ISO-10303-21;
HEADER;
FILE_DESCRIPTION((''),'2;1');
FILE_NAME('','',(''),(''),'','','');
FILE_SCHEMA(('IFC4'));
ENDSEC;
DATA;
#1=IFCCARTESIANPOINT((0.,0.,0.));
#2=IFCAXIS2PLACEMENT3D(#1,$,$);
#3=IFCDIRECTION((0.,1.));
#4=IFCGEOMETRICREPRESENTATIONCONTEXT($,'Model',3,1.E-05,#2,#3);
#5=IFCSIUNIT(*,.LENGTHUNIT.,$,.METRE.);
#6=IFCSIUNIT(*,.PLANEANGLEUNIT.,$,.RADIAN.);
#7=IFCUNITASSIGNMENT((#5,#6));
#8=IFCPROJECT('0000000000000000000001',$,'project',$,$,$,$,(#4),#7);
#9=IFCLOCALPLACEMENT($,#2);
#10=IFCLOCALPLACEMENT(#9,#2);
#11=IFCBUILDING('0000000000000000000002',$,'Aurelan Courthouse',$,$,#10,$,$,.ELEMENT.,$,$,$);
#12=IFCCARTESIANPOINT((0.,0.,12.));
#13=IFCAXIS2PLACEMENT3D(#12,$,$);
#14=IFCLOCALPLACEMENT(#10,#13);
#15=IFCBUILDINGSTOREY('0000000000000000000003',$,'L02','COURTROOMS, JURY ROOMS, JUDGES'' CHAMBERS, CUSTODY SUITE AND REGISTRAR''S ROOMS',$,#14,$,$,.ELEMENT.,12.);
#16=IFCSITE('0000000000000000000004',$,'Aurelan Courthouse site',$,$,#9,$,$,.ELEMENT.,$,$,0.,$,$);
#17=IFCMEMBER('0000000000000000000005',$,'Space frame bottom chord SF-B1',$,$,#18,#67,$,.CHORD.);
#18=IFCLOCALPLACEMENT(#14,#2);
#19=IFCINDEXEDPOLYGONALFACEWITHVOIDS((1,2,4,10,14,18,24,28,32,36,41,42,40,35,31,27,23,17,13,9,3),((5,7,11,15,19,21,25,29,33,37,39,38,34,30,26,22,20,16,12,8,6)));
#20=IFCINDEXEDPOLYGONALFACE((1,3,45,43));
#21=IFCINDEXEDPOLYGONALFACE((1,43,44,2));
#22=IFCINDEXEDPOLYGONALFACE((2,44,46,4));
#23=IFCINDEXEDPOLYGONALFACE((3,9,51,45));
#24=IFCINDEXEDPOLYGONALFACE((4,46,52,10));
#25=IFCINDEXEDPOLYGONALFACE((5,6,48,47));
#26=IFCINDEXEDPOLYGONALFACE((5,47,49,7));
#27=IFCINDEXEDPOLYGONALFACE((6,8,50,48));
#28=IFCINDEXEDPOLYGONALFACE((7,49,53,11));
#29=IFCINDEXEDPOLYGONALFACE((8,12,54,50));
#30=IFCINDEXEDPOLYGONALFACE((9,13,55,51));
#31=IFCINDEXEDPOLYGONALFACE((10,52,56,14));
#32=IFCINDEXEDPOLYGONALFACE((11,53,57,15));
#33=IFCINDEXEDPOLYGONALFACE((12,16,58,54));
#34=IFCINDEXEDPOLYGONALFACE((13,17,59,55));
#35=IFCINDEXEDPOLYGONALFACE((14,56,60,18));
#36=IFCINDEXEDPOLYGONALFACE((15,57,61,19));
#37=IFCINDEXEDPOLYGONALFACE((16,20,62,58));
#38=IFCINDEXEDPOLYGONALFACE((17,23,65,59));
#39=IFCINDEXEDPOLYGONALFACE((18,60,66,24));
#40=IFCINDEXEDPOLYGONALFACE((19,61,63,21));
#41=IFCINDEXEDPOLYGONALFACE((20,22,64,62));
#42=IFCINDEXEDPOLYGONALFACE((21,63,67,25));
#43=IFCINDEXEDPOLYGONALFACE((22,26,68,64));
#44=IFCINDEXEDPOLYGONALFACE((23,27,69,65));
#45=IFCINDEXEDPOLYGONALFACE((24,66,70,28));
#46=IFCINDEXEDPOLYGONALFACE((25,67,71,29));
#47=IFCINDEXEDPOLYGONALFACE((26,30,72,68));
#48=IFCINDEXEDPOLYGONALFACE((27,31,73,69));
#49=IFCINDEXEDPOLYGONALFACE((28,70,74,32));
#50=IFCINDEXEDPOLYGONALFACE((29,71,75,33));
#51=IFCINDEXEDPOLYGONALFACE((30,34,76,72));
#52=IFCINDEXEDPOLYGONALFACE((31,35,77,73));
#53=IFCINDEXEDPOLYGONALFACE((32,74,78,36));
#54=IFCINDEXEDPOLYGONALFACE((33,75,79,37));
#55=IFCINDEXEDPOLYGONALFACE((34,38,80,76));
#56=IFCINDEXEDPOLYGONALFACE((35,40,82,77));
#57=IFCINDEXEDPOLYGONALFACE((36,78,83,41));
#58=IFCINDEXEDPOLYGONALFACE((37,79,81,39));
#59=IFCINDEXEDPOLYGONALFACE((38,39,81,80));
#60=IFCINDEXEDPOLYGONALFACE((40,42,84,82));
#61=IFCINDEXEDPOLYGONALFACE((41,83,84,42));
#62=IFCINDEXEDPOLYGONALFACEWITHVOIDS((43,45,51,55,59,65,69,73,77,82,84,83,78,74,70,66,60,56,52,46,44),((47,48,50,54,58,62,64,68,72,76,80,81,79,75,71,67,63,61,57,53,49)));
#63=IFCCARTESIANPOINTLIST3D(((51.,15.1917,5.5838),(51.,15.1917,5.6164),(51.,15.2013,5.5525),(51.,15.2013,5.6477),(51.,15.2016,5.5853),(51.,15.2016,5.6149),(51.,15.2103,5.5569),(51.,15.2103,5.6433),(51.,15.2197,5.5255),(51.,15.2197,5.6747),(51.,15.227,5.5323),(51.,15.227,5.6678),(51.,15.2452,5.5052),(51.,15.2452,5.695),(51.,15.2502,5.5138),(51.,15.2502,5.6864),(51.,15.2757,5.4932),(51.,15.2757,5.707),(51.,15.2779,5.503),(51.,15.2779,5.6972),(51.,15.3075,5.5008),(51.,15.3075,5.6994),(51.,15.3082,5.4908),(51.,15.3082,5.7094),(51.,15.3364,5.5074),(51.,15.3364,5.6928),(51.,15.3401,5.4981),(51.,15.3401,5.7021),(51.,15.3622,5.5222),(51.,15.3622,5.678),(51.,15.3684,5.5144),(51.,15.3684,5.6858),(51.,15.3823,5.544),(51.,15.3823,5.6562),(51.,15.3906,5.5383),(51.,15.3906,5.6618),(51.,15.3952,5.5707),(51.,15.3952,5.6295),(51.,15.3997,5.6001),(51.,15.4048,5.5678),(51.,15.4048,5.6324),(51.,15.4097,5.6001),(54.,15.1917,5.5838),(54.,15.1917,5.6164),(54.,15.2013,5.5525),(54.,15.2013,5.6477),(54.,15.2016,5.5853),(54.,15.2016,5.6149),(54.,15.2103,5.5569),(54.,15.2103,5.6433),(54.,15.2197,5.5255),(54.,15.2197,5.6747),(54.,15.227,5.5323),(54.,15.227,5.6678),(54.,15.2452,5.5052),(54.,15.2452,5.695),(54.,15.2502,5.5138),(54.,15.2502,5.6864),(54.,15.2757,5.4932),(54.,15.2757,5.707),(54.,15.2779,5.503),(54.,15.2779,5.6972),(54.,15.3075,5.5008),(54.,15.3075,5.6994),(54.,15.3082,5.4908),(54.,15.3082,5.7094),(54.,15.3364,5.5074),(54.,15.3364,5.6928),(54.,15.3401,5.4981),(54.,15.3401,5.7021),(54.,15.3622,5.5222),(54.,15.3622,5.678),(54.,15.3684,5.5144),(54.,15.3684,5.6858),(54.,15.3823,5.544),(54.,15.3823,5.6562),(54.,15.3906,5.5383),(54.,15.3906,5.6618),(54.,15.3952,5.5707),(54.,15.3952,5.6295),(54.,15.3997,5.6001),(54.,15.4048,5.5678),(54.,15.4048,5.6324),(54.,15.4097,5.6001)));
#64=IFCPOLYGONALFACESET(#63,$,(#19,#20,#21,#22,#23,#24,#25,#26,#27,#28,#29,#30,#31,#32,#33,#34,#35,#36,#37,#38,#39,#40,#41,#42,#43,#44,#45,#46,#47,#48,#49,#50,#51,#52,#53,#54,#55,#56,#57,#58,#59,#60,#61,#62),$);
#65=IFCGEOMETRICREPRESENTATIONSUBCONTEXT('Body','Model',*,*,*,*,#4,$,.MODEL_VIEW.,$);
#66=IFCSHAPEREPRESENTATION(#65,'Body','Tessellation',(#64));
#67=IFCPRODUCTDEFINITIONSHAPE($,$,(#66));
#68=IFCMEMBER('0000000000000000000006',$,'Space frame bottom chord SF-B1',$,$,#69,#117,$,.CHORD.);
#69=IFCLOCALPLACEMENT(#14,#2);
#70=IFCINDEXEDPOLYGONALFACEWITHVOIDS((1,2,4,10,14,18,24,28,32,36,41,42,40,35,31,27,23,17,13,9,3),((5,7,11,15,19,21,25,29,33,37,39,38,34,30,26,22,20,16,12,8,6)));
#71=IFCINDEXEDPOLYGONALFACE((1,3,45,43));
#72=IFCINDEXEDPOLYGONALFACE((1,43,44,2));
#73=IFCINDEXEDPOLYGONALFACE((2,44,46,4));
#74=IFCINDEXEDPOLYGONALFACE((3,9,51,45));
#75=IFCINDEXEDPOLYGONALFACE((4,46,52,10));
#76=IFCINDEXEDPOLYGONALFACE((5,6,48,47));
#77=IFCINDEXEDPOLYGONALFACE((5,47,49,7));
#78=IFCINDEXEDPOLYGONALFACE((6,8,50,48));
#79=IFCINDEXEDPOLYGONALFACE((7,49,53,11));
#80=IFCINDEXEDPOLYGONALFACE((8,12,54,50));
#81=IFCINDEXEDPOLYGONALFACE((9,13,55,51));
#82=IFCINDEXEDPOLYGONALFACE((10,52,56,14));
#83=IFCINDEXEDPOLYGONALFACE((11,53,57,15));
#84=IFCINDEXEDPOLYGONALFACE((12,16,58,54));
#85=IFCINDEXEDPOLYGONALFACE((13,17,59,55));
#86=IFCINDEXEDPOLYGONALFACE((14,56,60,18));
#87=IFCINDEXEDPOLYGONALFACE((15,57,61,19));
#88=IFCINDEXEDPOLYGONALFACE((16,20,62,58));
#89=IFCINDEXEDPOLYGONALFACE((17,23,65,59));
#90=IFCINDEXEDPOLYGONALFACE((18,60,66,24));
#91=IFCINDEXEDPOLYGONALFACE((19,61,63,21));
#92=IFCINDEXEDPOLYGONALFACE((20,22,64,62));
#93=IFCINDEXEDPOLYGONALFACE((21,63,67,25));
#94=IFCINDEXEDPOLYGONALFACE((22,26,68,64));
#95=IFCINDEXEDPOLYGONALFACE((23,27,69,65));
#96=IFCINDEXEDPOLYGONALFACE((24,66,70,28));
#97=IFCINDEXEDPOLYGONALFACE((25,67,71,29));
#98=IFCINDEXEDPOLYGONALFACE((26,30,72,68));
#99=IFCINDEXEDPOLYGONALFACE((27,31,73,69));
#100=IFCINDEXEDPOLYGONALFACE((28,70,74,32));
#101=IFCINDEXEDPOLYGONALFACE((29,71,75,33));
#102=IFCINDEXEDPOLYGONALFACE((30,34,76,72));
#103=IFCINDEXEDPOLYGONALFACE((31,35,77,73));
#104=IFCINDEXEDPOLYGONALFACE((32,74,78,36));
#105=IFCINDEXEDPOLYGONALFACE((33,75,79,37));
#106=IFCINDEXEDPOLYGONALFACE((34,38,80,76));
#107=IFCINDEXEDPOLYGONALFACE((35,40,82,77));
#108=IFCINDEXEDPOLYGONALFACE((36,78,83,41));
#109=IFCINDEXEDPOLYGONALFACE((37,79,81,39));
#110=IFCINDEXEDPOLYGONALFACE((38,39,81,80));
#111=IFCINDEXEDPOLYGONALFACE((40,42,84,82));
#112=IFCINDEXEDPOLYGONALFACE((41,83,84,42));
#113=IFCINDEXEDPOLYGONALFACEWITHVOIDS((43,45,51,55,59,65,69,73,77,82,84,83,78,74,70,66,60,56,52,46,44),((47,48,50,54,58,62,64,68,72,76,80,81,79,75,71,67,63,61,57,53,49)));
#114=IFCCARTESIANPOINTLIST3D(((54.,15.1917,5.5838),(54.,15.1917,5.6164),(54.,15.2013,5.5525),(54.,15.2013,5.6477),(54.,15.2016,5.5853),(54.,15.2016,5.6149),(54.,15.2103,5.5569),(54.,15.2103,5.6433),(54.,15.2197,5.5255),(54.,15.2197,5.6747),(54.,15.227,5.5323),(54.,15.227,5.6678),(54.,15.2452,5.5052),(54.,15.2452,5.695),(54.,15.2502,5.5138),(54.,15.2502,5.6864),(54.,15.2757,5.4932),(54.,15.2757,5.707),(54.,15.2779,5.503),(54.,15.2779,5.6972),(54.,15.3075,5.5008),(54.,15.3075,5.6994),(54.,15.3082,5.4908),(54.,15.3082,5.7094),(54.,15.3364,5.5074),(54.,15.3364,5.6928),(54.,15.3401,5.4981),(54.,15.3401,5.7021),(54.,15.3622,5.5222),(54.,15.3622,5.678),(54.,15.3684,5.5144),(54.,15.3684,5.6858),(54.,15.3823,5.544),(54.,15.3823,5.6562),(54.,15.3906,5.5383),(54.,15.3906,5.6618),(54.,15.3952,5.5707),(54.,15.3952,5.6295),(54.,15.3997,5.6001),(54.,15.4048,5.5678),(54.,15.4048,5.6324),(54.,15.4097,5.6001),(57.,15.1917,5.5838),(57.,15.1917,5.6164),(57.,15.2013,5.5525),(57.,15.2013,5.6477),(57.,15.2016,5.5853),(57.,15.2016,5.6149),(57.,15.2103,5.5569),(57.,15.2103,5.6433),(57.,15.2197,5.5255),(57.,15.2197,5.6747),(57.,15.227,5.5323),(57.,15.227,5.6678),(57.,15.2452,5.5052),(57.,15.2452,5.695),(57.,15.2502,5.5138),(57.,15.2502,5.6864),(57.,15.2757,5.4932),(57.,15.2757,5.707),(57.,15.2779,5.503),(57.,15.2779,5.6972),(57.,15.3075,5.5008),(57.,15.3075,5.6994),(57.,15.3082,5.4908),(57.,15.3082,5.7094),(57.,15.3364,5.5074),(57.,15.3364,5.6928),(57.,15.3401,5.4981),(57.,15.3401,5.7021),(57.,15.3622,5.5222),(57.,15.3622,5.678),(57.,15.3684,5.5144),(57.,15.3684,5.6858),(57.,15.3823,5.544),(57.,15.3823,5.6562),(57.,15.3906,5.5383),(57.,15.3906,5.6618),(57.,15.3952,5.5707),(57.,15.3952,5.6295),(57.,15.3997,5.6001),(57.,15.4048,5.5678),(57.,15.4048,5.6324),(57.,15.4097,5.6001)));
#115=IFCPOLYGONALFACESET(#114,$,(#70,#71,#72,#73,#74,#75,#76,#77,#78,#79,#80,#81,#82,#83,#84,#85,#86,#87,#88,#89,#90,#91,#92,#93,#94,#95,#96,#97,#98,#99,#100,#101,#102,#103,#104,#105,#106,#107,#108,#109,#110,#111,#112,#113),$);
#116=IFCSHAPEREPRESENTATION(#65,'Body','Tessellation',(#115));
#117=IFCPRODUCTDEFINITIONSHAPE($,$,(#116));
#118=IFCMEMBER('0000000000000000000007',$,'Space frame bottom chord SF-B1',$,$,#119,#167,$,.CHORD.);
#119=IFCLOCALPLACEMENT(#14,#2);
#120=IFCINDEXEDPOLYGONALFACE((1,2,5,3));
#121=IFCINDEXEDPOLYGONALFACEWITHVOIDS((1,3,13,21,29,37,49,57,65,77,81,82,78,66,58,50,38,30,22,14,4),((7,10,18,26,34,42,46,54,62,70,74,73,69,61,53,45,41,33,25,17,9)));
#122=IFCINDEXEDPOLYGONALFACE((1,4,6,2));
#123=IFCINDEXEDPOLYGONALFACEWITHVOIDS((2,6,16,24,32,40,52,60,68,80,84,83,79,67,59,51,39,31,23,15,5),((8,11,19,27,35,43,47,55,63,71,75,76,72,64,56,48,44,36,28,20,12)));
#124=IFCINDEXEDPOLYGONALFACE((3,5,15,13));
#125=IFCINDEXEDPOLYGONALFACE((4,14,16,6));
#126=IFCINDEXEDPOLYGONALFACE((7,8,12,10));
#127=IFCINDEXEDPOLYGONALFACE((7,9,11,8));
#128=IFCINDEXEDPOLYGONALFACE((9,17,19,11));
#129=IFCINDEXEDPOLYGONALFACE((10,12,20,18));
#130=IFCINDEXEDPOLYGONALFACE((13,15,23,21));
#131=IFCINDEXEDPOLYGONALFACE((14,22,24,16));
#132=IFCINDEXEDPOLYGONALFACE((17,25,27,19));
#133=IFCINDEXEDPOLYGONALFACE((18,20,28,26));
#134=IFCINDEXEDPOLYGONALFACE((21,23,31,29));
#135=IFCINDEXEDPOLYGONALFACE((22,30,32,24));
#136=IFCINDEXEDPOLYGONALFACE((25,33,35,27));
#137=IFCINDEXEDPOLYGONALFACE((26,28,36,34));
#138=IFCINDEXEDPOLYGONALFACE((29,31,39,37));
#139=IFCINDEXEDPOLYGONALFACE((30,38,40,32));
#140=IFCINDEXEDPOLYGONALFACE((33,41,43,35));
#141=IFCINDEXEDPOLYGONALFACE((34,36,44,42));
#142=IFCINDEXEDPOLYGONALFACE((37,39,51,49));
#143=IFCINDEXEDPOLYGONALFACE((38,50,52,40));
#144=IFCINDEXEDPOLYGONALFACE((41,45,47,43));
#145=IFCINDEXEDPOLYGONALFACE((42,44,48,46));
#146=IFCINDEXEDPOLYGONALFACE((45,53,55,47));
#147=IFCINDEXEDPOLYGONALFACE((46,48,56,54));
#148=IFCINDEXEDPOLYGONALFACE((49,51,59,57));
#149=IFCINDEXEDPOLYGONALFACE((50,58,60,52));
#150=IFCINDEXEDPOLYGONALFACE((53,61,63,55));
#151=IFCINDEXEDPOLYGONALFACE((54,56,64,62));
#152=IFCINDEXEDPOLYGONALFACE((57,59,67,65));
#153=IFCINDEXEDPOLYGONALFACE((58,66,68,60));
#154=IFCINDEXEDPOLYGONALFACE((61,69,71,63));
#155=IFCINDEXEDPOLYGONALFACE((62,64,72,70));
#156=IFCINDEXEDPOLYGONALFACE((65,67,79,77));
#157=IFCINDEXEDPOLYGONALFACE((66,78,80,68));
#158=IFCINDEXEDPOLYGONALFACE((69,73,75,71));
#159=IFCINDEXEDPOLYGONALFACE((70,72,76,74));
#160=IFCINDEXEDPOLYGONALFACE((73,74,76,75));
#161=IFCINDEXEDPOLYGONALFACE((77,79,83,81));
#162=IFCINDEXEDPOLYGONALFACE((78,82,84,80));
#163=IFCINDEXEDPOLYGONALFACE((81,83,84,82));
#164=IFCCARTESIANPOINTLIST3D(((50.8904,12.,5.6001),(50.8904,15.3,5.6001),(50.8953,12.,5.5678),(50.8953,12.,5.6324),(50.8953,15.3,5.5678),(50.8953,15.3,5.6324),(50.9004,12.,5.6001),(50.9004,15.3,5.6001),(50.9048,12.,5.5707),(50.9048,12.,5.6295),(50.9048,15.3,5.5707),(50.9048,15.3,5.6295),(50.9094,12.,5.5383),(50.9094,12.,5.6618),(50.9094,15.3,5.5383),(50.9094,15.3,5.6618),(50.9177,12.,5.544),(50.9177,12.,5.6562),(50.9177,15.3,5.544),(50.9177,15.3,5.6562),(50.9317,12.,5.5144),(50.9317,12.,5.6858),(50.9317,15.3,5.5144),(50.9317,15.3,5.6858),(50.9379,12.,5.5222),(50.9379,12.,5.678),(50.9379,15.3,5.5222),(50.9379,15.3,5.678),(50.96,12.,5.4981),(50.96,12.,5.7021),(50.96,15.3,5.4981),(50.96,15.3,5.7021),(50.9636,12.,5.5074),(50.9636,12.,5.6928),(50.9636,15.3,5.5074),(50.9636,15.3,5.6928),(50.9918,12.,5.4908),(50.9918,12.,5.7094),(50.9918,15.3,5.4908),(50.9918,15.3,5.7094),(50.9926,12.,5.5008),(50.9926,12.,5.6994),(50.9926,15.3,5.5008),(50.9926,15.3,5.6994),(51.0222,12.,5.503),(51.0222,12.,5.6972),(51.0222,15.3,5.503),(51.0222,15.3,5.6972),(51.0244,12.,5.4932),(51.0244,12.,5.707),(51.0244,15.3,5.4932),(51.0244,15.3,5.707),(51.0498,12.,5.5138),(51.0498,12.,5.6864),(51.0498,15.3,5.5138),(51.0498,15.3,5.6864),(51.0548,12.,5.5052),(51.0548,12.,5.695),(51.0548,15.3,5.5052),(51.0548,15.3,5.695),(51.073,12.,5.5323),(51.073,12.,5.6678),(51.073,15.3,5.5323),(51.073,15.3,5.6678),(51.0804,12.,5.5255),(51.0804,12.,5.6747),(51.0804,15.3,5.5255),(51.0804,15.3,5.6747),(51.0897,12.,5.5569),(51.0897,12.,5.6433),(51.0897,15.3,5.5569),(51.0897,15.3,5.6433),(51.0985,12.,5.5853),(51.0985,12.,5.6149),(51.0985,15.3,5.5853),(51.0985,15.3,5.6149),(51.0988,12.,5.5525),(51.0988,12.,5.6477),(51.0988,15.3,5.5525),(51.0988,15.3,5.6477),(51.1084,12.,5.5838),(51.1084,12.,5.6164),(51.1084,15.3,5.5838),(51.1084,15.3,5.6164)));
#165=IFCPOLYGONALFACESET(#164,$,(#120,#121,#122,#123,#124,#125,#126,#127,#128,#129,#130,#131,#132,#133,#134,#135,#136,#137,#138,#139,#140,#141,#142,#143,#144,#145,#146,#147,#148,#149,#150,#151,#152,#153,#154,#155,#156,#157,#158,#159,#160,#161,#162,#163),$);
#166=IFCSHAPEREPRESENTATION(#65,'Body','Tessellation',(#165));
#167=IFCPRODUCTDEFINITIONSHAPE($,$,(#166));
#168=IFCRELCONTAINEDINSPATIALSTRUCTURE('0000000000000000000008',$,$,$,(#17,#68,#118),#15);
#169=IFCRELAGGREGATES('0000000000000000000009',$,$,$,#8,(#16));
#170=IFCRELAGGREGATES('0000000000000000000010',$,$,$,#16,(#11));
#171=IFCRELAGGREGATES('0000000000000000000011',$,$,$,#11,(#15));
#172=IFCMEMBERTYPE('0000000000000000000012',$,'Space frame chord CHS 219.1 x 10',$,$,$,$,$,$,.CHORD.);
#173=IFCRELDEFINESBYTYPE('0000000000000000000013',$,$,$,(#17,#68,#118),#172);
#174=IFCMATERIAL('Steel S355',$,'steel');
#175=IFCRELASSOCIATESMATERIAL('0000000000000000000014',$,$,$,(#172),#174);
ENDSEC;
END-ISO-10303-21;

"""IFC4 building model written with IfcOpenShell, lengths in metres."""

from ifc_helpers import new_model, si_unit, direction, frame, origin, origin_2d, place, context, subcontext, project, spatial, hollow_circle, extrude, material, material_profile, profile_set, type_object, element, save


model = new_model("IFC4")

# Units and contexts
model_context = context("Model", 3, precision=1e-05, world=origin(), true_north=direction((0.0, 1.0)))
body_context = subcontext(model_context, "Body", "Model", "MODEL_VIEW")
ifc_project = project(units=[si_unit("LENGTHUNIT", "METRE"), si_unit("PLANEANGLEUNIT", "RADIAN")], contexts=[model_context])

# Site, building, storey
site_placement = place(None, origin())
site = spatial("IfcSite", under=ifc_project, at=site_placement, Name="Aurelan Courthouse site", CompositionType="ELEMENT", RefElevation=0.0)
building_placement = place(site_placement, origin())
building = spatial("IfcBuilding", under=site, at=building_placement, Name="Aurelan Courthouse", CompositionType="ELEMENT")
storey_placement = place(building_placement, frame((0.0, 0.0, 12.0)))
storey = spatial("IfcBuildingStorey", under=building, at=storey_placement, Name="L02", Description="COURTROOMS, JURY ROOMS, JUDGES' CHAMBERS, CUSTODY SUITE AND REGISTRAR'S ROOMS", CompositionType="ELEMENT", Elevation=12.0)

# Shared definitions
ifc_material_1 = material(Name="Steel S355", Category="steel")

# Members
ifc_material_profile_1 = material_profile(ifc_material_1, hollow_circle(Radius=0.1096, WallThickness=0.01, at=origin_2d()), Name="CHS 219.1 x 10")
ifc_profile_set_1 = profile_set([ifc_material_profile_1], Name="Steel S355")
member_type_1 = type_object("IfcMemberType", Name="Space frame chord CHS 219.1 x 10", PredefinedType="CHORD", material=ifc_profile_set_1)
for number, where, z_axis, x_axis, name in (
    (1, (51.0, 15.3, 5.6001), (1.0, 0.0, 0.0), (0.0, 1.0, 0.0), "Space frame bottom chord SF-B1"),
    (2, (54.0, 15.3, 5.6001), (1.0, 0.0, 0.0), (0.0, 1.0, 0.0), "Space frame bottom chord SF-B1"),
):
    element("IfcMember", number, at=place(storey_placement, frame(where, z_axis=z_axis, x_axis=x_axis)), inside=storey, type_object=member_type_1, Name=name, PredefinedType="CHORD", context=body_context, shape_type="SweptSolid", body=[
        extrude(hollow_circle(Radius=0.1096, WallThickness=0.01, at=origin_2d()), origin(), (0.0, 0.0, 1.0), 3.0),
    ])
for number, where, z_axis, x_axis, name in (
    (3, (51.0, 12.0, 5.6001), (0.0, 1.0, 0.0), (-1.0, 0.0, 0.0), "Space frame bottom chord SF-B1"),
):
    element("IfcMember", number, at=place(storey_placement, frame(where, z_axis=z_axis, x_axis=x_axis)), inside=storey, type_object=member_type_1, Name=name, PredefinedType="CHORD", context=body_context, shape_type="SweptSolid", body=[
        extrude(hollow_circle(Radius=0.1096, WallThickness=0.01, at=origin_2d()), origin(), (0.0, 0.0, 1.0), 3.3),
    ])

save(model, "model.ifc")
